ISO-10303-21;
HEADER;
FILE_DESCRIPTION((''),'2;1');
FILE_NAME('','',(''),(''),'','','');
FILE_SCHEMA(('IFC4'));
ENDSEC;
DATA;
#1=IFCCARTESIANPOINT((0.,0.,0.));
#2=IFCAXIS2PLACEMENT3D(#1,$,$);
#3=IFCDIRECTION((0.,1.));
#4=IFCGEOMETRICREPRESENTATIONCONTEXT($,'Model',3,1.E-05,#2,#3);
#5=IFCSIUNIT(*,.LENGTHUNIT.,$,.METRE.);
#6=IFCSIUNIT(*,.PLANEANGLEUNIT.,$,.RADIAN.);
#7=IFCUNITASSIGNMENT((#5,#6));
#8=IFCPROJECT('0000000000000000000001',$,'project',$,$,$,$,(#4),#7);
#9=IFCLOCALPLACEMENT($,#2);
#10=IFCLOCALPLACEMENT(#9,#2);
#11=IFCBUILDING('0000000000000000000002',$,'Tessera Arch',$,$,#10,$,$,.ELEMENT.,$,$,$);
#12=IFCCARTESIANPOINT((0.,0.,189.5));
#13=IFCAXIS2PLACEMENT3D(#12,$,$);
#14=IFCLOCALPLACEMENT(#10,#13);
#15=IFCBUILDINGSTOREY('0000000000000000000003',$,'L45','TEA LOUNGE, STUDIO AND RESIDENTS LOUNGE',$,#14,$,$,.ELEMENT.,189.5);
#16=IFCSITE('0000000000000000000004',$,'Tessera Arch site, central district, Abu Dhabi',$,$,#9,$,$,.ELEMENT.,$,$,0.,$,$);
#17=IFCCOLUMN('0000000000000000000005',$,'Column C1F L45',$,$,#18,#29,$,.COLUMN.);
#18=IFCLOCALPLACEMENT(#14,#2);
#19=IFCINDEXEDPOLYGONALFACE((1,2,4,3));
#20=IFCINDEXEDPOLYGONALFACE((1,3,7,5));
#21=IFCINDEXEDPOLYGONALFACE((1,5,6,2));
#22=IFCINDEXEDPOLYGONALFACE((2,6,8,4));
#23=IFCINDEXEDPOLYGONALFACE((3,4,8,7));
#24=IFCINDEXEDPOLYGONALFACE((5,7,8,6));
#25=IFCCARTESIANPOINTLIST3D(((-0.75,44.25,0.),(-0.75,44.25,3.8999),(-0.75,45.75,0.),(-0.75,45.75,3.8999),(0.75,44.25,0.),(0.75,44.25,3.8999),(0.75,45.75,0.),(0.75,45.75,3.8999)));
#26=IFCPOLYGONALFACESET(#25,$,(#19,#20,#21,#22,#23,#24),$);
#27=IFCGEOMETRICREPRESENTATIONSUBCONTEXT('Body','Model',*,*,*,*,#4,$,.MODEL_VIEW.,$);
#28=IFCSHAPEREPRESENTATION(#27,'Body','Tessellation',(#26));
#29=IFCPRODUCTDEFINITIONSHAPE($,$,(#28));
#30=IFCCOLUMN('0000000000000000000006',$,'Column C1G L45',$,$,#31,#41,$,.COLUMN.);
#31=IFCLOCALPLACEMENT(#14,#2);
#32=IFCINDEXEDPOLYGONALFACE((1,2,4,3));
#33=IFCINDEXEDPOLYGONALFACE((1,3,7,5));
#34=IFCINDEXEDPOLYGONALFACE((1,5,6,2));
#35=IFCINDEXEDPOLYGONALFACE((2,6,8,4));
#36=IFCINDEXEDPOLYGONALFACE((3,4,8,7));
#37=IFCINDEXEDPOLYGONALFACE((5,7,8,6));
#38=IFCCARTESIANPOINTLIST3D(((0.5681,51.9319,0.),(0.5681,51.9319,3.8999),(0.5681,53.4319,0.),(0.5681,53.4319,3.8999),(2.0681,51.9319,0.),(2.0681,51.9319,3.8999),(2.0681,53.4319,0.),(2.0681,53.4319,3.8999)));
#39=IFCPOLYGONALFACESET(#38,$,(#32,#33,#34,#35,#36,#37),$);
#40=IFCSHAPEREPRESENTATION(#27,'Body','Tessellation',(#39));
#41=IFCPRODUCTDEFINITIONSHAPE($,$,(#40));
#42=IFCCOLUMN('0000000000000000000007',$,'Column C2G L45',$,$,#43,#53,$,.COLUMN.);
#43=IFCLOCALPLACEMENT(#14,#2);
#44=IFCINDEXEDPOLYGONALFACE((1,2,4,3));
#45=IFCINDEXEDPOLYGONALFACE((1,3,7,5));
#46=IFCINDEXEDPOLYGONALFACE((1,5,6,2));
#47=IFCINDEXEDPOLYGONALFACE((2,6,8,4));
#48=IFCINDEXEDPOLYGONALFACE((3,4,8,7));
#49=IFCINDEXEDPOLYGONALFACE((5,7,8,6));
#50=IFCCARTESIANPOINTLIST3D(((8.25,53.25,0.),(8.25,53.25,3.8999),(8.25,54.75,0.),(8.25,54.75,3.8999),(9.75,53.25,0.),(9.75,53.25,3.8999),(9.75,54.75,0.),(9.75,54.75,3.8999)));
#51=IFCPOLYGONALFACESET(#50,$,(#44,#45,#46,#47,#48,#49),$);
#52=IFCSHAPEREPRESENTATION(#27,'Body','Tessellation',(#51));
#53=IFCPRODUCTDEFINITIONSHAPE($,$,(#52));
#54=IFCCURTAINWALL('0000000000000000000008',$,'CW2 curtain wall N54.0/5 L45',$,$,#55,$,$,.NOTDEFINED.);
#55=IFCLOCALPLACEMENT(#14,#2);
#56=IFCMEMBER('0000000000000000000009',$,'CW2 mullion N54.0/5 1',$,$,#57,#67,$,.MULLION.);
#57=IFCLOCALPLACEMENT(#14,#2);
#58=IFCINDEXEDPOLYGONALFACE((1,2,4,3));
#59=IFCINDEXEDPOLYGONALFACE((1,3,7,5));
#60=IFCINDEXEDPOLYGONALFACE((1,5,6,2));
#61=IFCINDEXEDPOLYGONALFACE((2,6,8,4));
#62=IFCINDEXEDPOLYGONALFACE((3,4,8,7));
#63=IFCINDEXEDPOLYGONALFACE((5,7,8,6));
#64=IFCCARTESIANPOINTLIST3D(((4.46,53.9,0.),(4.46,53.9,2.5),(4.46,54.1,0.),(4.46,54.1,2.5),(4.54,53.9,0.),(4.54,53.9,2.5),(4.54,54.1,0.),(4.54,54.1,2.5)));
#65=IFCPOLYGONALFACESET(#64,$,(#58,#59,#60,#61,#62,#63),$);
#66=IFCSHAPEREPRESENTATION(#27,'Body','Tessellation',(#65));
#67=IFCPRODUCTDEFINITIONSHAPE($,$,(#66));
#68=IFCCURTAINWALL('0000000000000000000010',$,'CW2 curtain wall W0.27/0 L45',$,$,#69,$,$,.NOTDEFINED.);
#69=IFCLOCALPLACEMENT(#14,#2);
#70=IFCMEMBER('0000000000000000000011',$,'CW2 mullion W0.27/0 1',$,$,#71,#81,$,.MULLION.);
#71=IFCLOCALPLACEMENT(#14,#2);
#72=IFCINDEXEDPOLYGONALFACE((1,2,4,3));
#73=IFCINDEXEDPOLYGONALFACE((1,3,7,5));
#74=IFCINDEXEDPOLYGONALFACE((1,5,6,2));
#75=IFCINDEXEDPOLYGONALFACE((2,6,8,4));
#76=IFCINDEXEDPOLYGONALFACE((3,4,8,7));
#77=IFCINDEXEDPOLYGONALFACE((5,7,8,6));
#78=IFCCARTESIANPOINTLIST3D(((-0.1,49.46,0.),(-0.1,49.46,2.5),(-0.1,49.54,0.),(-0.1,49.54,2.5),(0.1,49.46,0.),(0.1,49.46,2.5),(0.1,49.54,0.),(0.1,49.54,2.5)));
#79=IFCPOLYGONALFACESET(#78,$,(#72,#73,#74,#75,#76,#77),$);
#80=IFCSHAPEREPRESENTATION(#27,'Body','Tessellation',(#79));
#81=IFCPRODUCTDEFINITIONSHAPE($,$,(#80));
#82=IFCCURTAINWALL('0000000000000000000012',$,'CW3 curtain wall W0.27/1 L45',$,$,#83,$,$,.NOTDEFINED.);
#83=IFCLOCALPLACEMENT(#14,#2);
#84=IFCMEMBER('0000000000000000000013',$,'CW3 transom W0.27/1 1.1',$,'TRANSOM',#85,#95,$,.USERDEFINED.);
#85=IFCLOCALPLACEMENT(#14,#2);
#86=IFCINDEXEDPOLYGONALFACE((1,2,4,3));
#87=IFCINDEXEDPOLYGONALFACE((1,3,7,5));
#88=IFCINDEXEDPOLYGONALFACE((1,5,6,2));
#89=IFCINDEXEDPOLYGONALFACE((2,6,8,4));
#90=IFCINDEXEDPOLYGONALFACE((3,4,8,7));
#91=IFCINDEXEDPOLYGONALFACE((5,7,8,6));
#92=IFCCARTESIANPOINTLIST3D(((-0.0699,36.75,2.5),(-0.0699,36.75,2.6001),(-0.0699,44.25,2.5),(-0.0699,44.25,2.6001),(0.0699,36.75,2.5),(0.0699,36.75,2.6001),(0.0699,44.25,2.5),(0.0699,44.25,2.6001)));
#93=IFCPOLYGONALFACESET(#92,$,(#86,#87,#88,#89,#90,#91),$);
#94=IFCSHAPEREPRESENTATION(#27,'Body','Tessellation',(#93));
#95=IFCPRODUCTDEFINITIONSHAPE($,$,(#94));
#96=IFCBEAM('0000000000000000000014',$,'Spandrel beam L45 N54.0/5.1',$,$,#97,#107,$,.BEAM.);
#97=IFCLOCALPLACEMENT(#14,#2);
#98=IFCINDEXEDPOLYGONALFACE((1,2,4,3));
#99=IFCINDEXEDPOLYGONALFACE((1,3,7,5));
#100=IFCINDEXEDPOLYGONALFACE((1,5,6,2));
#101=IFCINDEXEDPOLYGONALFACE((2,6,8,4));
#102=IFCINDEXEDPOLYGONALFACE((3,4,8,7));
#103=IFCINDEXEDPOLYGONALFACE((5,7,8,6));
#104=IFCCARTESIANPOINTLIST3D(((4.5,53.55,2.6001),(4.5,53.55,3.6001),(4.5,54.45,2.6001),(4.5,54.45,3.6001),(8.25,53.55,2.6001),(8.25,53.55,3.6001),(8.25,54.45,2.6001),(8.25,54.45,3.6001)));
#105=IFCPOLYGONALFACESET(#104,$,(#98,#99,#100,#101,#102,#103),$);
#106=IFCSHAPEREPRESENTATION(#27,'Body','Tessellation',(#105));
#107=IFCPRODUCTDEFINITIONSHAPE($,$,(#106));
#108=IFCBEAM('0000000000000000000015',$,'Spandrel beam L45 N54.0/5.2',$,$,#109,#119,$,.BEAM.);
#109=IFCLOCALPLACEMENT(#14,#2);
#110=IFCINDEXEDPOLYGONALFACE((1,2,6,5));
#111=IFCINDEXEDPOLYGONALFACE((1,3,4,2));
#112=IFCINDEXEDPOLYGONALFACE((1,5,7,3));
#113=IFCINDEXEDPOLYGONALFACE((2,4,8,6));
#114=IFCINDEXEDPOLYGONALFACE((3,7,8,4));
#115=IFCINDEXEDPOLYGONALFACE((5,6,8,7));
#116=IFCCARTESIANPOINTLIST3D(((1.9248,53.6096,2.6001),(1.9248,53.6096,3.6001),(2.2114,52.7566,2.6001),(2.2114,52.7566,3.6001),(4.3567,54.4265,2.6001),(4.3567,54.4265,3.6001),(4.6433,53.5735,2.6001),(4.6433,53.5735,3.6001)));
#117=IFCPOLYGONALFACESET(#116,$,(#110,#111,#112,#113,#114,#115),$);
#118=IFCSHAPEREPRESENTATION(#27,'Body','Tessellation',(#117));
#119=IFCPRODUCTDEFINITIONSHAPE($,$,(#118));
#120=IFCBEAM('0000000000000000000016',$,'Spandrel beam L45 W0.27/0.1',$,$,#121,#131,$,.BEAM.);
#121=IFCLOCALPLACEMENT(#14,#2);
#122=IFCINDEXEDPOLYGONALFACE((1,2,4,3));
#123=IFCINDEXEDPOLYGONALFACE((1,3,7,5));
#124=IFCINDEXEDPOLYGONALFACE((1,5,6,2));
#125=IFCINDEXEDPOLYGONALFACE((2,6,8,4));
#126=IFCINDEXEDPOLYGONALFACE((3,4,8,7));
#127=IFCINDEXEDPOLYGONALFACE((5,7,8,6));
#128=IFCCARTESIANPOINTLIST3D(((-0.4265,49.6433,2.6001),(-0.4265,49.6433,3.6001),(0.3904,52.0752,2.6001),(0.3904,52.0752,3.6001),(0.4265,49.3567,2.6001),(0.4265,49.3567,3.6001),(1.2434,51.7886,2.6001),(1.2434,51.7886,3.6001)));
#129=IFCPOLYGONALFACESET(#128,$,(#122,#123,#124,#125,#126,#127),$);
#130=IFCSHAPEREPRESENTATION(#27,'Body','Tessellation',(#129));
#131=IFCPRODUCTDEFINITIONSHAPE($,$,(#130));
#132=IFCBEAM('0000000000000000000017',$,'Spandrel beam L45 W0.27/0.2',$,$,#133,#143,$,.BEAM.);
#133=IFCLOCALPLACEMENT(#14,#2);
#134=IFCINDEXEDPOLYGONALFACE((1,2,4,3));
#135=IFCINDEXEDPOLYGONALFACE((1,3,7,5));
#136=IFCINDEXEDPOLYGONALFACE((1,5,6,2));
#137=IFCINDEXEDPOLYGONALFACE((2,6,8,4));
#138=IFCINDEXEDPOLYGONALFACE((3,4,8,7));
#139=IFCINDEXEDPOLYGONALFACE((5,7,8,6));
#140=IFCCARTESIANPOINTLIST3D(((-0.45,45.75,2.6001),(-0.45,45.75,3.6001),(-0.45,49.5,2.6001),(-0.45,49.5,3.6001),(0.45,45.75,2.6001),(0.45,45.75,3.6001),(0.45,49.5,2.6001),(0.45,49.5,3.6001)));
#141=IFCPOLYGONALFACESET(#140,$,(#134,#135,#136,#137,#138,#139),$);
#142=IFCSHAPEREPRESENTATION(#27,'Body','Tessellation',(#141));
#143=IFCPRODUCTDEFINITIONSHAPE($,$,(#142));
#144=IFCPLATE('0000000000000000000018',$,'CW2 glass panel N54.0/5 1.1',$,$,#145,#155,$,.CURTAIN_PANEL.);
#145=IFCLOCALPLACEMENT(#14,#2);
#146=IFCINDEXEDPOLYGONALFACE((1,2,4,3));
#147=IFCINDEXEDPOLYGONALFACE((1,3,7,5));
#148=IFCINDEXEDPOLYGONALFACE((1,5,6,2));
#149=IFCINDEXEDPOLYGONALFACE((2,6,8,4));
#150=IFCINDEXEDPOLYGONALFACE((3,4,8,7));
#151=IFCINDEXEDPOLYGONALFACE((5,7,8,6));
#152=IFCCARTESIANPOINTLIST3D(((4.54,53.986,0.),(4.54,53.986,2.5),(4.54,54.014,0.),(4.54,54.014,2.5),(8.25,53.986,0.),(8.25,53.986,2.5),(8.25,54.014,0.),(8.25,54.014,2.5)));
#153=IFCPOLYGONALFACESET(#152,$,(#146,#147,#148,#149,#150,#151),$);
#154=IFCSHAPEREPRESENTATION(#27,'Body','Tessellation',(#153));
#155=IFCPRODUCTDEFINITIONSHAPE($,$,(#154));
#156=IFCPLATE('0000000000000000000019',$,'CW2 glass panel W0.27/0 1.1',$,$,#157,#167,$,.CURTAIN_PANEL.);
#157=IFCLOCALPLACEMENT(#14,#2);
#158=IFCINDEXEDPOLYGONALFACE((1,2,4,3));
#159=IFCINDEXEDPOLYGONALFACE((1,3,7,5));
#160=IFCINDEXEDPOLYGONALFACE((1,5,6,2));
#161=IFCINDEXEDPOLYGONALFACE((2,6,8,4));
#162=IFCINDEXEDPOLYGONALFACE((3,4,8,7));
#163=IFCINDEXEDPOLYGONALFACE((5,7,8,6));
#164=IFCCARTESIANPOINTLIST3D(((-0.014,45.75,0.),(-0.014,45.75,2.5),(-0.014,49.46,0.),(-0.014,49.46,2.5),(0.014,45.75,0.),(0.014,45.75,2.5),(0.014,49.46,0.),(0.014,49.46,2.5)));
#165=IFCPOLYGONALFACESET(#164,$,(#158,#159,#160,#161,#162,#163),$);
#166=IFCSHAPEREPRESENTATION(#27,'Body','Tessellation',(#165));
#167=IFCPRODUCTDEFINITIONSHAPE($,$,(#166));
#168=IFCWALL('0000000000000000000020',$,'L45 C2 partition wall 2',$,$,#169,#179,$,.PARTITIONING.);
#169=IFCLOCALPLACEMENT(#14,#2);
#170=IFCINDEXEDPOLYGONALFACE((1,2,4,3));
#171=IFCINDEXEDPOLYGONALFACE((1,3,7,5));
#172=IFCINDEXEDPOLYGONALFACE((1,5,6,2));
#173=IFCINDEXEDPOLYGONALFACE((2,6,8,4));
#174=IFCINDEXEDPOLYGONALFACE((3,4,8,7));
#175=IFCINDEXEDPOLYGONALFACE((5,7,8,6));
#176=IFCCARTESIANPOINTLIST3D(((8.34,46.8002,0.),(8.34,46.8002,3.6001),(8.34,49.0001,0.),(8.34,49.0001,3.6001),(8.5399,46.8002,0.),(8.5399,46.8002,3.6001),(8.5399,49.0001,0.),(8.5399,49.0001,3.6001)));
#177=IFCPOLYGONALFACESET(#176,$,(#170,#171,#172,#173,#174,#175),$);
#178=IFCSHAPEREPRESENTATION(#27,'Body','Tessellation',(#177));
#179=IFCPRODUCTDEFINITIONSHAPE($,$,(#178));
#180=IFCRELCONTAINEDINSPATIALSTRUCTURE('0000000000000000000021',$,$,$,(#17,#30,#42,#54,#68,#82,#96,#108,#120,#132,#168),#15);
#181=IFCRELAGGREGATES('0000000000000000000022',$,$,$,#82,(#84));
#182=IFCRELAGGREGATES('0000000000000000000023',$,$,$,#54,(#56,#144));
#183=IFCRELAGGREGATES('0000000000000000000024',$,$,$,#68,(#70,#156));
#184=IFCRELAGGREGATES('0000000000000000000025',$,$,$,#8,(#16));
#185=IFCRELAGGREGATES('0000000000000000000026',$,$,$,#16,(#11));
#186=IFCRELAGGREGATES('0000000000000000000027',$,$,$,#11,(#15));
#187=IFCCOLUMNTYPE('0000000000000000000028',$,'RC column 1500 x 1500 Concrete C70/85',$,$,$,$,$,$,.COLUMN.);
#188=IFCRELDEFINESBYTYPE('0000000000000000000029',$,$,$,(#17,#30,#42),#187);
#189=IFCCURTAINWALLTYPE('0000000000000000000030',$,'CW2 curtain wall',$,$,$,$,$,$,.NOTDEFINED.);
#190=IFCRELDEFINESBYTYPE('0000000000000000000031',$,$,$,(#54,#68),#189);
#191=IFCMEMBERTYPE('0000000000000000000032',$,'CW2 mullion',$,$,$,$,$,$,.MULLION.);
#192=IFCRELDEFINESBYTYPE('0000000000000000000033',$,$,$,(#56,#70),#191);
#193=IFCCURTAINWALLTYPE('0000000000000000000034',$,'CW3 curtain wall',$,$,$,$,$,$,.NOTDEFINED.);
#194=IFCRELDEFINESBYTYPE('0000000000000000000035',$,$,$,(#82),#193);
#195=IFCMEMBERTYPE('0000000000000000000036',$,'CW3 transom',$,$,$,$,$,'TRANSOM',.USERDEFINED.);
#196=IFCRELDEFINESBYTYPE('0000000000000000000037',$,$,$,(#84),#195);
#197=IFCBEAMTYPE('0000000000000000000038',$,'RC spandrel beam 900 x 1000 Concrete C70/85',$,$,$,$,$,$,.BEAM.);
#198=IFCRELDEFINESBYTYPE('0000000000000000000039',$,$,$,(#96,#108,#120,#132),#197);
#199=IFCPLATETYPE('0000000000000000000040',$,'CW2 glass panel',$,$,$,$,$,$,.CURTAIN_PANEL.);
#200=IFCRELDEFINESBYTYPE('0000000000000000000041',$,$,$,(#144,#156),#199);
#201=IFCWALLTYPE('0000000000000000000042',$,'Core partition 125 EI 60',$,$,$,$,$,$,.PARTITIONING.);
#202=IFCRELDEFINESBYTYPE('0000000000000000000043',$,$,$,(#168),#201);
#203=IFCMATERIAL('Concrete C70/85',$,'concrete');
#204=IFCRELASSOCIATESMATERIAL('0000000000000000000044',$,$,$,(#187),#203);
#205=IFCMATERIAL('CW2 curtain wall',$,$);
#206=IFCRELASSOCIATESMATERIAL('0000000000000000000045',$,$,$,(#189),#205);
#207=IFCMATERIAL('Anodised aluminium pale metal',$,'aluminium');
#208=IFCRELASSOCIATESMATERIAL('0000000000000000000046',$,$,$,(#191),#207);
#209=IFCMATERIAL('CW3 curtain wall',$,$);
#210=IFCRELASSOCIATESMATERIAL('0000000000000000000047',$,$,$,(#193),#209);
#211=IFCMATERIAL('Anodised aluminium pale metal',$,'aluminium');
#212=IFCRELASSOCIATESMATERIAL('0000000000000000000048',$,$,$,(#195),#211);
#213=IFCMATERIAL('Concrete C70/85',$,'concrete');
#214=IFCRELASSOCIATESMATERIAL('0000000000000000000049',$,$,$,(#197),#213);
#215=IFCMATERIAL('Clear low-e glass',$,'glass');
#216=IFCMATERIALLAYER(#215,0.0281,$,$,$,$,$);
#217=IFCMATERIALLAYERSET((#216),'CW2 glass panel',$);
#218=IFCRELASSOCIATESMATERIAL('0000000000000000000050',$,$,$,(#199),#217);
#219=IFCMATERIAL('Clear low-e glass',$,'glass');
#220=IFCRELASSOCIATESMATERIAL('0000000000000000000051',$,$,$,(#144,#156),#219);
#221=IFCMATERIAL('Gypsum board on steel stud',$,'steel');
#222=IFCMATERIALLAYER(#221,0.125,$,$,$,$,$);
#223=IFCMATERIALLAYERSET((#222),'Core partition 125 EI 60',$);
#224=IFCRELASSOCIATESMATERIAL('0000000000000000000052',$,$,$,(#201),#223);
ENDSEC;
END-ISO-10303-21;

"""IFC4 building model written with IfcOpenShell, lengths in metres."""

from ifc_helpers import new_model, si_unit, direction, frame, frame_2d, origin, origin_2d, place, context, subcontext, project, spatial, rectangle, extrude, material, layer, layer_set, material_profile, profile_set, type_object, element, aggregate, save


model = new_model("IFC4")

# Units and contexts
model_context = context("Model", 3, precision=1e-05, world=origin(), true_north=direction((0.0, 1.0)))
body_context = subcontext(model_context, "Body", "Model", "MODEL_VIEW")
ifc_project = project(units=[si_unit("LENGTHUNIT", "METRE"), si_unit("PLANEANGLEUNIT", "RADIAN")], contexts=[model_context])

# Site, building, storey
site_placement = place(None, origin())
site = spatial("IfcSite", under=ifc_project, at=site_placement, Name="Tessera Arch site, central district, Abu Dhabi", CompositionType="ELEMENT", RefElevation=0.0)
building_placement = place(site_placement, origin())
building = spatial("IfcBuilding", under=site, at=building_placement, Name="Tessera Arch", CompositionType="ELEMENT")
storey_placement = place(building_placement, frame((0.0, 0.0, 189.5)))
storey = spatial("IfcBuildingStorey", under=building, at=storey_placement, Name="L45", Description="TEA LOUNGE, STUDIO AND RESIDENTS LOUNGE", CompositionType="ELEMENT", Elevation=189.5)

# Columns
ifc_material_1 = material(Name="Concrete C70/85", Category="concrete")
ifc_material_profile_1 = material_profile(ifc_material_1, rectangle(XDim=1.5, YDim=1.5, at=origin_2d()), Name="RC column 1500 x 1500 Concrete C70/85")
ifc_profile_set_1 = profile_set([ifc_material_profile_1], Name="Concrete C70/85")
column_type = type_object("IfcColumnType", Name="RC column 1500 x 1500 Concrete C70/85", PredefinedType="COLUMN", material=ifc_profile_set_1)
for number, where, z_axis, x_axis, name in (
    (1, (0.0, 45.0, 0.0), (0.0, 0.0, 1.0), (1.0, 0.0, 0.0), "Column C1F L45"),
    (2, (1.3181, 52.6819, 0.0), (0.0, 0.0, 1.0), (1.0, 0.0, 0.0), "Column C1G L45"),
    (3, (9.0, 54.0, 0.0), (0.0, 0.0, 1.0), (1.0, 0.0, 0.0), "Column C2G L45"),
):
    element("IfcColumn", number, at=place(storey_placement, frame(where, z_axis=z_axis, x_axis=x_axis)), inside=storey, type_object=column_type, Name=name, PredefinedType="COLUMN", context=body_context, shape_type="SweptSolid", body=[
        extrude(rectangle(XDim=1.5, YDim=1.5, at=origin_2d()), origin(), (0.0, 0.0, 1.0), 3.8999),
    ])

# Curtain walls, members
ifc_material_2 = material(Name="CW2 curtain wall")
curtain_wall_type_1 = type_object("IfcCurtainWallType", Name="CW2 curtain wall", PredefinedType="NOTDEFINED", material=ifc_material_2)
curtain_wall_1_placement = place(storey_placement, origin())
curtain_wall_1 = element("IfcCurtainWall", 4, at=curtain_wall_1_placement, inside=storey, type_object=curtain_wall_type_1, Name="CW2 curtain wall N54.0/5 L45", PredefinedType="NOTDEFINED")
ifc_material_3 = material(Name="Anodised aluminium pale metal", Category="aluminium")
ifc_material_profile_2 = material_profile(ifc_material_3, rectangle(XDim=0.2, YDim=0.0801, at=origin_2d()), Name="AL 80x200")
ifc_profile_set_2 = profile_set([ifc_material_profile_2], Name="Anodised aluminium pale metal")
member_type_1 = type_object("IfcMemberType", Name="CW2 mullion", PredefinedType="MULLION", material=ifc_profile_set_2)
member_1_placement = place(storey_placement, frame((4.5, 54.0, 0.0), z_axis=(0.0, 0.0, 1.0), x_axis=(0.0, -1.0, 0.0)))
member_1 = element("IfcMember", 5, at=member_1_placement, type_object=member_type_1, Name="CW2 mullion N54.0/5 1", PredefinedType="MULLION", context=body_context, shape_type="SweptSolid", body=[
    extrude(rectangle(XDim=0.2, YDim=0.0801, at=origin_2d()), origin(), (0.0, 0.0, 1.0), 2.5),
])
curtain_wall_2_placement = place(storey_placement, origin())
curtain_wall_2 = element("IfcCurtainWall", 6, at=curtain_wall_2_placement, inside=storey, type_object=curtain_wall_type_1, Name="CW2 curtain wall W0.27/0 L45", PredefinedType="NOTDEFINED")
member_2_placement = place(storey_placement, frame((0.0, 49.5, 0.0), z_axis=(0.0, 0.0, 1.0), x_axis=(1.0, 0.0, 0.0)))
member_2 = element("IfcMember", 7, at=member_2_placement, type_object=member_type_1, Name="CW2 mullion W0.27/0 1", PredefinedType="MULLION", context=body_context, shape_type="SweptSolid", body=[
    extrude(rectangle(XDim=0.2, YDim=0.0801, at=origin_2d()), origin(), (0.0, 0.0, 1.0), 2.5),
])
ifc_material_4 = material(Name="CW3 curtain wall")
curtain_wall_type_2 = type_object("IfcCurtainWallType", Name="CW3 curtain wall", PredefinedType="NOTDEFINED", material=ifc_material_4)
curtain_wall_3_placement = place(storey_placement, origin())
curtain_wall_3 = element("IfcCurtainWall", 8, at=curtain_wall_3_placement, inside=storey, type_object=curtain_wall_type_2, Name="CW3 curtain wall W0.27/1 L45", PredefinedType="NOTDEFINED")
ifc_material_5 = material(Name="Anodised aluminium pale metal", Category="aluminium")
ifc_material_profile_3 = material_profile(ifc_material_5, rectangle(XDim=0.1399, YDim=0.1001, at=origin_2d()), Name="AL 140x100")
ifc_profile_set_3 = profile_set([ifc_material_profile_3], Name="Anodised aluminium pale metal")
member_type_2 = type_object("IfcMemberType", Name="CW3 transom", ElementType="TRANSOM", PredefinedType="USERDEFINED", material=ifc_profile_set_3)
member_3_placement = place(storey_placement, frame((0.0, 44.25, 2.55), z_axis=(0.0, -1.0, 0.0), x_axis=(1.0, 0.0, 0.0)))
member_3 = element("IfcMember", 9, at=member_3_placement, type_object=member_type_2, Name="CW3 transom W0.27/1 1.1", ObjectType="TRANSOM", PredefinedType="USERDEFINED", context=body_context, shape_type="SweptSolid", body=[
    extrude(rectangle(XDim=0.1399, YDim=0.1001, at=origin_2d()), origin(), (0.0, 0.0, 1.0), 7.5),
])
aggregate(curtain_wall_3, [member_3])

# Beams
ifc_material_6 = material(Name="Concrete C70/85", Category="concrete")
ifc_material_profile_4 = material_profile(ifc_material_6, rectangle(XDim=0.8999, YDim=1.0, at=origin_2d()), Name="RC spandrel beam 900 x 1000 Concrete C70/85")
ifc_profile_set_4 = profile_set([ifc_material_profile_4], Name="Concrete C70/85")
beam_type = type_object("IfcBeamType", Name="RC spandrel beam 900 x 1000 Concrete C70/85", PredefinedType="BEAM", material=ifc_profile_set_4)
beam_1_placement = place(storey_placement, frame((8.25, 54.0, 3.1001), z_axis=(-1.0, 0.0, 0.0), x_axis=(0.0, -1.0, 0.0)))
element("IfcBeam", 10, at=beam_1_placement, inside=storey, type_object=beam_type, Name="Spandrel beam L45 N54.0/5.1", PredefinedType="BEAM", context=body_context, shape_type="SweptSolid", body=[
    extrude(rectangle(XDim=0.8999, YDim=1.0, at=origin_2d()), origin(), (0.0, 0.0, 1.0), 3.75),
])
for number, where, z_axis, x_axis, name in (
    (11, (4.5, 54.0, 3.1001), (-0.947948, -0.318425, 0.0), (0.318425, -0.947948, 0.0), "Spandrel beam L45 N54.0/5.2"),
    (12, (0.8169, 51.9319, 3.1001), (-0.318425, -0.947948, 0.0), (0.947948, -0.318425, 0.0), "Spandrel beam L45 W0.27/0.1"),
):
    element("IfcBeam", number, at=place(storey_placement, frame(where, z_axis=z_axis, x_axis=x_axis)), inside=storey, type_object=beam_type, Name=name, PredefinedType="BEAM", context=body_context, shape_type="SweptSolid", body=[
        extrude(rectangle(XDim=0.8999, YDim=1.0, at=origin_2d()), origin(), (0.0, 0.0, 1.0), 2.5654),
    ])
beam_2_placement = place(storey_placement, frame((0.0, 49.5, 3.1001), z_axis=(0.0, -1.0, 0.0), x_axis=(1.0, 0.0, 0.0)))
element("IfcBeam", 13, at=beam_2_placement, inside=storey, type_object=beam_type, Name="Spandrel beam L45 W0.27/0.2", PredefinedType="BEAM", context=body_context, shape_type="SweptSolid", body=[
    extrude(rectangle(XDim=0.8999, YDim=1.0, at=origin_2d()), origin(), (0.0, 0.0, 1.0), 3.75),
])

# Plates
ifc_material_7 = material(Name="Clear low-e glass", Category="glass")
ifc_material_8 = material(Name="Clear low-e glass", Category="glass")
ifc_layer_1 = layer(ifc_material_8, 0.0281)
ifc_layer_set_1 = layer_set([ifc_layer_1], Name="CW2 glass panel")
plate_type = type_object("IfcPlateType", Name="CW2 glass panel", PredefinedType="CURTAIN_PANEL", material=ifc_layer_set_1)
plate_1_placement = place(storey_placement, frame((6.395, 54.0, 0.0), z_axis=(0.0, 0.0, 1.0), x_axis=(-1.0, 0.0, 0.0)))
plate_1 = element("IfcPlate", 14, at=plate_1_placement, type_object=plate_type, material=ifc_material_7, Name="CW2 glass panel N54.0/5 1.1", PredefinedType="CURTAIN_PANEL", context=body_context, shape_type="SweptSolid", body=[
    extrude(rectangle(XDim=3.71, YDim=0.0281, at=origin_2d()), origin(), (0.0, 0.0, 1.0), 2.5),
])
aggregate(curtain_wall_1, [member_1, plate_1])
plate_2_placement = place(storey_placement, frame((0.0, 47.605, 0.0), z_axis=(0.0, 0.0, 1.0), x_axis=(0.0, -1.0, 0.0)))
plate_2 = element("IfcPlate", 15, at=plate_2_placement, type_object=plate_type, material=ifc_material_7, Name="CW2 glass panel W0.27/0 1.1", PredefinedType="CURTAIN_PANEL", context=body_context, shape_type="SweptSolid", body=[
    extrude(rectangle(XDim=3.71, YDim=0.0281, at=origin_2d()), origin(), (0.0, 0.0, 1.0), 2.5),
])
aggregate(curtain_wall_2, [member_2, plate_2])

# Wall
ifc_material_9 = material(Name="Gypsum board on steel stud", Category="steel")
ifc_layer_2 = layer(ifc_material_9, 0.125)
ifc_layer_set_2 = layer_set([ifc_layer_2], Name="Core partition 125 EI 60")
wall_type_1 = type_object("IfcWallType", Name="Core partition 125 EI 60", PredefinedType="PARTITIONING", material=ifc_layer_set_2)
wall_1_placement = place(storey_placement, frame((8.4399, 46.8, 0.0), z_axis=(0.0, 0.0, 1.0), x_axis=(0.0, 1.0, 0.0)))
element("IfcWall", 16, at=wall_1_placement, inside=storey, type_object=wall_type_1, Name="L45 C2 partition wall 2", PredefinedType="PARTITIONING", context=body_context, shape_type="SweptSolid", body=[
    extrude(rectangle(XDim=2.2, YDim=0.2, at=frame_2d((1.1001, 0.0))), origin(), (0.0, 0.0, 1.0), 3.6001),
])

save(model, "model.ifc")
